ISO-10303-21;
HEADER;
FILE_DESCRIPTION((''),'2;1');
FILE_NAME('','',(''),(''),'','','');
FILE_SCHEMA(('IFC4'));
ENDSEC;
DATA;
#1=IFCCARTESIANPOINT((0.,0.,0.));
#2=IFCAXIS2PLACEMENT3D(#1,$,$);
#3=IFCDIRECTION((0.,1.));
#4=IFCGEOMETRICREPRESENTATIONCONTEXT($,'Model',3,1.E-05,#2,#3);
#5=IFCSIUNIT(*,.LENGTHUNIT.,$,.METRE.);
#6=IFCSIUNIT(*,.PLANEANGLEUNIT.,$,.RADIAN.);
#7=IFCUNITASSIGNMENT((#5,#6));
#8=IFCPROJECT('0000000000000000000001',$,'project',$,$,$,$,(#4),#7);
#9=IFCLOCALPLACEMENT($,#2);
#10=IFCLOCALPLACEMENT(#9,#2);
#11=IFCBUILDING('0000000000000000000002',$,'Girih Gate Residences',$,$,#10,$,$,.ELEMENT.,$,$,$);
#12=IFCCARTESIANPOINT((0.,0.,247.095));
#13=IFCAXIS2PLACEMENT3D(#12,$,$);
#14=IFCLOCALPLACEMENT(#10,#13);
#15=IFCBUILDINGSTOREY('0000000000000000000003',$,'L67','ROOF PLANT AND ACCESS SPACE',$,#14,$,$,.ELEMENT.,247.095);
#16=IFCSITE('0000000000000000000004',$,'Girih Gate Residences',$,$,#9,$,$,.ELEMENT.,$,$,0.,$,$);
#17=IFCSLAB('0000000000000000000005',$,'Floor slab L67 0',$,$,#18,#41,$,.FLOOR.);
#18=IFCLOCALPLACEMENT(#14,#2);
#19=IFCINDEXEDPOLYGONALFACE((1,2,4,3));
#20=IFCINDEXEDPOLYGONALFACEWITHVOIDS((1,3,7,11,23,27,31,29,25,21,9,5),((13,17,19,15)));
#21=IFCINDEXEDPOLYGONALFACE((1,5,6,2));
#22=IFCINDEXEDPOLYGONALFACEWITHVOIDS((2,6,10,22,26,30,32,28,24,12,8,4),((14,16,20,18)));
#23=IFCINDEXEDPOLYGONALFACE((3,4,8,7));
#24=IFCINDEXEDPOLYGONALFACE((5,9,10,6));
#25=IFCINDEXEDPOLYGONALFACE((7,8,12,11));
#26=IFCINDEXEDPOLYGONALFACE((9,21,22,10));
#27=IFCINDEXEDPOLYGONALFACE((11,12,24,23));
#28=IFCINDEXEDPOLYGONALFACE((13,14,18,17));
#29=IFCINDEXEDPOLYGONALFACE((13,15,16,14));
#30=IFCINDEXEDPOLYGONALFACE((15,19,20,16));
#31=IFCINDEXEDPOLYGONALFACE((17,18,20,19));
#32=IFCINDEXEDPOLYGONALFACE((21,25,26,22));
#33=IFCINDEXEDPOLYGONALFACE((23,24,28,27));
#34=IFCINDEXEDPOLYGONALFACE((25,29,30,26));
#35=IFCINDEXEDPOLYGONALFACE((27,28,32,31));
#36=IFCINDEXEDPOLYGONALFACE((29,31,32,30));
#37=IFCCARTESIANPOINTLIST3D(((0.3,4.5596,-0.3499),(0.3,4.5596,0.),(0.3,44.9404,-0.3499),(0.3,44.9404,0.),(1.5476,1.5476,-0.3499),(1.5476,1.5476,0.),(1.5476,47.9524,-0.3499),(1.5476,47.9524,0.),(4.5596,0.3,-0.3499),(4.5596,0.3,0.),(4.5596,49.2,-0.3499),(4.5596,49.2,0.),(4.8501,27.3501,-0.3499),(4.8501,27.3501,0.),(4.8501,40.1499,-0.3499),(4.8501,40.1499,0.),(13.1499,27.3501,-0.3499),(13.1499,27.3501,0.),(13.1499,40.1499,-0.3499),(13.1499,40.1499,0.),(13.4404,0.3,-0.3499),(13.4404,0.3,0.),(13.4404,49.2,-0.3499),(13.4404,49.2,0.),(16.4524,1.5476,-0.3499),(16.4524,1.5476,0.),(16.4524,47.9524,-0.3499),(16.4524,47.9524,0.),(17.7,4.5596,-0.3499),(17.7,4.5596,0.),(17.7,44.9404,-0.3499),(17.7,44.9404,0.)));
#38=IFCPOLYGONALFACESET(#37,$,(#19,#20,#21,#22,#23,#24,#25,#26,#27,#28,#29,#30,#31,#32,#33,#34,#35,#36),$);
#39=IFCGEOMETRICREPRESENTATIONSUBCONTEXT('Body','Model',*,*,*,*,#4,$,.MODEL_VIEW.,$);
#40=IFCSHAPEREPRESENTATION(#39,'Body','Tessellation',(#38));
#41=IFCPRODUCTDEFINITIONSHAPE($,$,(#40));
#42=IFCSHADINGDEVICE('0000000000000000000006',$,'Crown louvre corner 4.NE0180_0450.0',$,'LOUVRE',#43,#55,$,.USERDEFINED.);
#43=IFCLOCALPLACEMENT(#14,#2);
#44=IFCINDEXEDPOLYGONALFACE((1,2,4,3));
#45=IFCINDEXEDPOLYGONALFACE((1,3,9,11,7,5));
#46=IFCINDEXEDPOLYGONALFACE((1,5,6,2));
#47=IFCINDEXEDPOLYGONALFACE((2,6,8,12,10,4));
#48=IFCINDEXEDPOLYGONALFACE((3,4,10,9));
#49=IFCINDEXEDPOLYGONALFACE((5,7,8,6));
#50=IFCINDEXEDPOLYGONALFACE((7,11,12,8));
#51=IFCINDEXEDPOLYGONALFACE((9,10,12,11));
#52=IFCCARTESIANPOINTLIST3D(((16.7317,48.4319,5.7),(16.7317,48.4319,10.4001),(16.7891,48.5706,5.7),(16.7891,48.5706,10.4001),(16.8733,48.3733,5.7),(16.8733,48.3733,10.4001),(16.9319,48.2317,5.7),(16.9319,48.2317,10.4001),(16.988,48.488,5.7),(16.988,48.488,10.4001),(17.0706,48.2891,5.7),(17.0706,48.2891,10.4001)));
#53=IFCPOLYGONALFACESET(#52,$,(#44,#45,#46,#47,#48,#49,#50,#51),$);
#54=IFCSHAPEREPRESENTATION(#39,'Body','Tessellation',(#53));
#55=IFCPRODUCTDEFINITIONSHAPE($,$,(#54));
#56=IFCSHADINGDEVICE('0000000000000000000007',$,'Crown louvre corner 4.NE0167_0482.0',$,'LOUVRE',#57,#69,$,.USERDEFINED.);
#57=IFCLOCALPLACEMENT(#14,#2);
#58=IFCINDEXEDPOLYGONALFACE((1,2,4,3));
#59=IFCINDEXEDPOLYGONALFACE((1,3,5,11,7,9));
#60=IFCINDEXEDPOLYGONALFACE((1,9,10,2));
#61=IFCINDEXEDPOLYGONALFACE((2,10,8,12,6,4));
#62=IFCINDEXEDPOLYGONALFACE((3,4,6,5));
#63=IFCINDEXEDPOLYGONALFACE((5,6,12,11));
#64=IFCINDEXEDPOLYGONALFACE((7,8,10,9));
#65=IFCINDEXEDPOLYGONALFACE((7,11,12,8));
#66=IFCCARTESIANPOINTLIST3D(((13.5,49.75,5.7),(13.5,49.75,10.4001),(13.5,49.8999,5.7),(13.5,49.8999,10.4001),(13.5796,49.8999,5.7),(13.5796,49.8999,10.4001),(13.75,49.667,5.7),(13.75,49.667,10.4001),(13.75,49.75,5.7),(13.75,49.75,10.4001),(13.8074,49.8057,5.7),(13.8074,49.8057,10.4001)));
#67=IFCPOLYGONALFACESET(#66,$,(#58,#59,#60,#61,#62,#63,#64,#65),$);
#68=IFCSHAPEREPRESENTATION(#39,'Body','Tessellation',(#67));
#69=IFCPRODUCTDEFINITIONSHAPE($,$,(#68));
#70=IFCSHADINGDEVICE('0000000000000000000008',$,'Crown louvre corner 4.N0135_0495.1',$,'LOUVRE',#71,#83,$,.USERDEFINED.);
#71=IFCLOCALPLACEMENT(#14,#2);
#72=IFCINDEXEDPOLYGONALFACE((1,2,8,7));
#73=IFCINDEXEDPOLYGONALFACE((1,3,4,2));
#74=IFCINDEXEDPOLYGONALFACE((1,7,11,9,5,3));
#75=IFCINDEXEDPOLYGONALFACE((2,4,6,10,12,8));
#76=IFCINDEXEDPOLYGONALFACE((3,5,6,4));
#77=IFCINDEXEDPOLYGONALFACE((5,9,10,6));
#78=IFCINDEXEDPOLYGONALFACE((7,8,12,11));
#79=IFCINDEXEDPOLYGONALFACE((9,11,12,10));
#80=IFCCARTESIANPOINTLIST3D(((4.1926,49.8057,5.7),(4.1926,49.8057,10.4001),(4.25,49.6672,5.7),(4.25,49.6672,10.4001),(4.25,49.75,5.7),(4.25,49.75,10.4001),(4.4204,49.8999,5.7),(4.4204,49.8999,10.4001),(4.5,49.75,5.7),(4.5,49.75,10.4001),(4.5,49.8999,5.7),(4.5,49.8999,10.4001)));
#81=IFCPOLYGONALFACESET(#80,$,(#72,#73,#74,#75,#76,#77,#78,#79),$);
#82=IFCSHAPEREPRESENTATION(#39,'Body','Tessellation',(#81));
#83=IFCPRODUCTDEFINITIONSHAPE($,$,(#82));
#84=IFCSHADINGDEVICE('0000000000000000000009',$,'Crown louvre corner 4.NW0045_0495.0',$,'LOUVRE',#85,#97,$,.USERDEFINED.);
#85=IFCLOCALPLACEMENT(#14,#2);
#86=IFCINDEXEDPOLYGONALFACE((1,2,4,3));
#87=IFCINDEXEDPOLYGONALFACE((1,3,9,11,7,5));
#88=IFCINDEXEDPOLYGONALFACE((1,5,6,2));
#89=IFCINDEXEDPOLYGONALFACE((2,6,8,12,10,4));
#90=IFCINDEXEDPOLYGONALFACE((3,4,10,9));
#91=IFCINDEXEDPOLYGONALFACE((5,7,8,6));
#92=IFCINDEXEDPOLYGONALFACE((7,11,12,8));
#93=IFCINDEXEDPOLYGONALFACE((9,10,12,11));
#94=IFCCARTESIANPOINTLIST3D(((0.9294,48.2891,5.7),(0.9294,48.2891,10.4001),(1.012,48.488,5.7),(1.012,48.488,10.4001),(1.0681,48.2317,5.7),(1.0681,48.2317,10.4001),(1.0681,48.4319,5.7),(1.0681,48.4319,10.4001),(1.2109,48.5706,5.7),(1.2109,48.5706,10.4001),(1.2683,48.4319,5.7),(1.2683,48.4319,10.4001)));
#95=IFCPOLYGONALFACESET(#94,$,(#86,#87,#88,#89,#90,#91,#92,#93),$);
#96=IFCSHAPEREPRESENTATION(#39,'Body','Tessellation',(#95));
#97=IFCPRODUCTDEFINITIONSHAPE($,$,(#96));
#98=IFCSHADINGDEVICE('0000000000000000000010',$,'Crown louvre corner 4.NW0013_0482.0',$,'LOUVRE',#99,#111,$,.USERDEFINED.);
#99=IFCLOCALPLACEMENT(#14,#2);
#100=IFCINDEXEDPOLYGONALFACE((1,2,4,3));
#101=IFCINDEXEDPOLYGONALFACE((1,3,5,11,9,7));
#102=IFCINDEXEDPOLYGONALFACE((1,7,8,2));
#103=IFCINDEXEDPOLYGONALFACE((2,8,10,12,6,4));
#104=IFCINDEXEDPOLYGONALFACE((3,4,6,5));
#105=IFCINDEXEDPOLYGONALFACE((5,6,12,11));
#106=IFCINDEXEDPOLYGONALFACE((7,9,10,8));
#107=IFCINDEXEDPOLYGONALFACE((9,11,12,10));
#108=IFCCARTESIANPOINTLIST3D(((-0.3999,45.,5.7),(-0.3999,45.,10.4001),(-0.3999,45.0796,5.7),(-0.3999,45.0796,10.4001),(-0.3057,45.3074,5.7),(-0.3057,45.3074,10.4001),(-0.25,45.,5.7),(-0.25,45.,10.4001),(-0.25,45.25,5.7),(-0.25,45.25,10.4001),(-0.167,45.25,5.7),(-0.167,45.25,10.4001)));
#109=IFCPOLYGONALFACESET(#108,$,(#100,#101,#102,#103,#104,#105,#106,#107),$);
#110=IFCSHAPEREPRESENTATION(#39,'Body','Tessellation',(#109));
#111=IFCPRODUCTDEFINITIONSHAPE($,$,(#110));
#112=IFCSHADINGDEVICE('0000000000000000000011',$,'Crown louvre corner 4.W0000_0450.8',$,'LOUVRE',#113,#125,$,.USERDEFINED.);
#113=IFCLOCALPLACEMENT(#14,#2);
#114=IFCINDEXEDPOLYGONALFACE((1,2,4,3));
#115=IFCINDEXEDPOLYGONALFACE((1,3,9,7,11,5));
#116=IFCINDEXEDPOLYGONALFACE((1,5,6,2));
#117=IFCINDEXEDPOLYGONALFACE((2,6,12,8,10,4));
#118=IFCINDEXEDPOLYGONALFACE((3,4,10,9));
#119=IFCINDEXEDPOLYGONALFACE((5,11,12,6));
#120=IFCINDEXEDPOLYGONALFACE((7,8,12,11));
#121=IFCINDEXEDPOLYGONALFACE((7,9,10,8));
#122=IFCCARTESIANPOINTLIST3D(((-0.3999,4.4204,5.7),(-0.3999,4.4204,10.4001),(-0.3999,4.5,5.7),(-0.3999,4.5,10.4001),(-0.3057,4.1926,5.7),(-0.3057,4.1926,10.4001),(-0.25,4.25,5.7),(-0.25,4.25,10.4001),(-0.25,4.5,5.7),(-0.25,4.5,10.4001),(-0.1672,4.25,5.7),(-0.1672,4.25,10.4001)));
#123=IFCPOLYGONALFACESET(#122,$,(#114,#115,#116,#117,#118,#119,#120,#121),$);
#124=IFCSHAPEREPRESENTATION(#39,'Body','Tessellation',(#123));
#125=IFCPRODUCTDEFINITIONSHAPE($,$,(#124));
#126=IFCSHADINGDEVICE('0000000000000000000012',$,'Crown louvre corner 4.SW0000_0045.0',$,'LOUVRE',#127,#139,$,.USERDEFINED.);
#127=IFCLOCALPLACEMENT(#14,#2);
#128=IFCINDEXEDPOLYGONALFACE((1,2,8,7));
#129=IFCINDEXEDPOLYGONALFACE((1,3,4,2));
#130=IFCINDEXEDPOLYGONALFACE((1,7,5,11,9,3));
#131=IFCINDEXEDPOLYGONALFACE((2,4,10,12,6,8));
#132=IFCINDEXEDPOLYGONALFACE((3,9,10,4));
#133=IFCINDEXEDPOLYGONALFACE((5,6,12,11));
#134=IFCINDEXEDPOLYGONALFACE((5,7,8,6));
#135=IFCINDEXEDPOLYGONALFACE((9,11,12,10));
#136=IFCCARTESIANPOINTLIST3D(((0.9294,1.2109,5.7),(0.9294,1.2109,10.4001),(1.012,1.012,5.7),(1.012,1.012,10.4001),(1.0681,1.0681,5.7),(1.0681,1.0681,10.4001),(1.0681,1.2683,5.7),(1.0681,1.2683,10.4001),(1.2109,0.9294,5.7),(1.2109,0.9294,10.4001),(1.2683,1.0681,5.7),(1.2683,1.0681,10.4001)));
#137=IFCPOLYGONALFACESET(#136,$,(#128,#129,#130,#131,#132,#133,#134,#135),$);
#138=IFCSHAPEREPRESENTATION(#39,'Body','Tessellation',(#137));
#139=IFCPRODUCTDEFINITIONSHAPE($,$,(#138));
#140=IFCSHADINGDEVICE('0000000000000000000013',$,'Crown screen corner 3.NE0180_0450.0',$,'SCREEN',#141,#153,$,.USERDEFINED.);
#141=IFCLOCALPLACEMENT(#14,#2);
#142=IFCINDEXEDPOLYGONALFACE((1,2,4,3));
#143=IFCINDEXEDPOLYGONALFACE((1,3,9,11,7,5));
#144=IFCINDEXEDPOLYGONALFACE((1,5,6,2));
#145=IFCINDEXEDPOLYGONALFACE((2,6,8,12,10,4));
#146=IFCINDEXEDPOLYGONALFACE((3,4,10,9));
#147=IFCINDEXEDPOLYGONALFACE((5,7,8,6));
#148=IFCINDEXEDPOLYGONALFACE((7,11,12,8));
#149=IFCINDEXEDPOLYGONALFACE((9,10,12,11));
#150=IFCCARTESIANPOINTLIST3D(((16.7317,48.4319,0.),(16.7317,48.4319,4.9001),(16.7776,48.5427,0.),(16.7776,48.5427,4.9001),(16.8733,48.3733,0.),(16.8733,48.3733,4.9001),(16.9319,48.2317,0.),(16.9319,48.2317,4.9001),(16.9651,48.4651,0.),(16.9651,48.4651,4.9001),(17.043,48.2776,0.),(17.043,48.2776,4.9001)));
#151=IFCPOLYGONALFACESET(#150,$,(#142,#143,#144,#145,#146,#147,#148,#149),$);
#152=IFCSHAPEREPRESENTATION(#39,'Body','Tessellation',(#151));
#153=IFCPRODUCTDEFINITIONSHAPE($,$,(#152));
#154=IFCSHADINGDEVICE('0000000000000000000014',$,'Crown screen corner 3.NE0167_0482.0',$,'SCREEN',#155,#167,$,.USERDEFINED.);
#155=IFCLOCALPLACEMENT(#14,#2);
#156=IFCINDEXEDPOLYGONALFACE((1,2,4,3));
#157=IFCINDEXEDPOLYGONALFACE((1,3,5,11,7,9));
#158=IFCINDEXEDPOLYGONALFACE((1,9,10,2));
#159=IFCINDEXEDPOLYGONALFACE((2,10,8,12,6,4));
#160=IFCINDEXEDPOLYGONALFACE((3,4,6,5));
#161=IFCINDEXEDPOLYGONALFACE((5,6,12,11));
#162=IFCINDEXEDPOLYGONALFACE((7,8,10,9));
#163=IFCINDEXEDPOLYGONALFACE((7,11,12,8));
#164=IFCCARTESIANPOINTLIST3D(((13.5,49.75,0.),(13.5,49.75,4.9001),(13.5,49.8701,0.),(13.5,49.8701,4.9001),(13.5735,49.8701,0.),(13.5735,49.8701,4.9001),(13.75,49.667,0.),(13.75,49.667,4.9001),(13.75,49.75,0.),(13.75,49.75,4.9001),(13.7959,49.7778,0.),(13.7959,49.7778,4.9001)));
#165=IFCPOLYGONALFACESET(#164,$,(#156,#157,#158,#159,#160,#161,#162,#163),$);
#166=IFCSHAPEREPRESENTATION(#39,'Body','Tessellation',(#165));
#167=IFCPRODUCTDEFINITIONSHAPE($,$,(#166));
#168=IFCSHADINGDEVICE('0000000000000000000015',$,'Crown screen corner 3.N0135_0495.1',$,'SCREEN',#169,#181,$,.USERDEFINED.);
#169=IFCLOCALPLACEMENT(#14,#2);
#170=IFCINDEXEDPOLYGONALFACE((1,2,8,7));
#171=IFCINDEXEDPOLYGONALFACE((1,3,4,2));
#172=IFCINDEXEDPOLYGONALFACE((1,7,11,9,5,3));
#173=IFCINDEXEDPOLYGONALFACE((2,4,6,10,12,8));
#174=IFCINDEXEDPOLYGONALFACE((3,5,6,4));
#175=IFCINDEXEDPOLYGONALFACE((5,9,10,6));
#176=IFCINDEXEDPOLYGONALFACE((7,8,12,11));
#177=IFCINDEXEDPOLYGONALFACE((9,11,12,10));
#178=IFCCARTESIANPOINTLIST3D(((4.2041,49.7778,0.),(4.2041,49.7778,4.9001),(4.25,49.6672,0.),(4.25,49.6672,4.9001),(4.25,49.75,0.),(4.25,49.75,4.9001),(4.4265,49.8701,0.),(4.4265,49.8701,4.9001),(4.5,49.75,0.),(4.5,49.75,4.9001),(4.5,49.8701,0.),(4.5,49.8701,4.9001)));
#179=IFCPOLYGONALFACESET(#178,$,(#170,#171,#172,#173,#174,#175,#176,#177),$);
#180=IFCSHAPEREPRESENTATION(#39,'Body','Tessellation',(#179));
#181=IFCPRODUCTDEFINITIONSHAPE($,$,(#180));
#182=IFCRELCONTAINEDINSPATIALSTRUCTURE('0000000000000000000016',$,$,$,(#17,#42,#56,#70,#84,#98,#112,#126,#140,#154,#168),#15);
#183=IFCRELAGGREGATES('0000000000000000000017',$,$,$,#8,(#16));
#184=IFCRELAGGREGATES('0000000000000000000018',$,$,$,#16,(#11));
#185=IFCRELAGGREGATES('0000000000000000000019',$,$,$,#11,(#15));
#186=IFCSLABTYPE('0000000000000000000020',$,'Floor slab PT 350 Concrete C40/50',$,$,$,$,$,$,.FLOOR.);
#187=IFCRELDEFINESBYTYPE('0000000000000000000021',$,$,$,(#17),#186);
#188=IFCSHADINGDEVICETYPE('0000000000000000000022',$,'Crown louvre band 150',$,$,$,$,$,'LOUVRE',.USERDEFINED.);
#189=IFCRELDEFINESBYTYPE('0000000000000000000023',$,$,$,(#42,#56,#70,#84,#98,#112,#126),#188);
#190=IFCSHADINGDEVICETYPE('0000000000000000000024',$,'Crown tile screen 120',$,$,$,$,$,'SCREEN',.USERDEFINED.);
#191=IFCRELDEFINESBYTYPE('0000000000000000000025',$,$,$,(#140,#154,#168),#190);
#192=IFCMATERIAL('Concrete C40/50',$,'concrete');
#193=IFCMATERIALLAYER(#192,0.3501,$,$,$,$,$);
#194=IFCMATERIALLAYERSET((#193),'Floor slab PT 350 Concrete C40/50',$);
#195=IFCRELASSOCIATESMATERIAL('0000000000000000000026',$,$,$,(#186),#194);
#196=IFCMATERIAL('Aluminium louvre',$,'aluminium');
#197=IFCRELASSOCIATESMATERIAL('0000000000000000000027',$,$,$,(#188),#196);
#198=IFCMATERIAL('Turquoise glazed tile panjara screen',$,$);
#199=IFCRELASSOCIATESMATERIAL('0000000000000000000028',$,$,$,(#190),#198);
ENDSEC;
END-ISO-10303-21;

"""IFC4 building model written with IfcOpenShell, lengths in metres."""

from ifc_helpers import new_model, si_unit, direction, frame, origin, place, context, subcontext, project, spatial, polyline, outline, extrude, material, layer, layer_set, type_object, element, save


model = new_model("IFC4")

# Units and contexts
model_context = context("Model", 3, precision=1e-05, world=origin(), true_north=direction((0.0, 1.0)))
body_context = subcontext(model_context, "Body", "Model", "MODEL_VIEW")
ifc_project = project(units=[si_unit("LENGTHUNIT", "METRE"), si_unit("PLANEANGLEUNIT", "RADIAN")], contexts=[model_context])

# Site, building, storey
site_placement = place(None, origin())
site = spatial("IfcSite", under=ifc_project, at=site_placement, Name="Girih Gate Residences", CompositionType="ELEMENT", RefElevation=0.0)
building_placement = place(site_placement, origin())
building = spatial("IfcBuilding", under=site, at=building_placement, Name="Girih Gate Residences", CompositionType="ELEMENT")
storey_placement = place(building_placement, frame((0.0, 0.0, 247.095)))
storey = spatial("IfcBuildingStorey", under=building, at=storey_placement, Name="L67", Description="ROOF PLANT AND ACCESS SPACE", CompositionType="ELEMENT", Elevation=247.095)

# Slab
ifc_material_1 = material(Name="Concrete C40/50", Category="concrete")
ifc_layer_1 = layer(ifc_material_1, 0.3501)
ifc_layer_set_1 = layer_set([ifc_layer_1], Name="Floor slab PT 350 Concrete C40/50")
slab_type = type_object("IfcSlabType", Name="Floor slab PT 350 Concrete C40/50", PredefinedType="FLOOR", material=ifc_layer_set_1)
slab_placement = place(storey_placement, frame((0.0, 0.0, -0.3499)))
element("IfcSlab", 1, at=slab_placement, inside=storey, type_object=slab_type, Name="Floor slab L67 0", PredefinedType="FLOOR", context=body_context, shape_type="SweptSolid", body=[
    extrude(outline(polyline([(17.7, 44.9404), (16.4524, 47.9524), (13.4404, 49.2), (4.5596, 49.2), (1.5476, 47.9524), (0.3, 44.9404), (0.3, 4.5596), (1.5476, 1.5476), (4.5596, 0.3), (13.4404, 0.3), (16.4524, 1.5476), (17.7, 4.5596), (17.7, 44.9404)]), holes=[polyline([(4.8501, 40.1499), (13.1499, 40.1499), (13.1499, 27.3501), (4.8501, 27.3501), (4.8501, 40.1499)])]), origin(), (0.0, 0.0, 1.0), 0.3499),
])

# Shading devices
ifc_material_2 = material(Name="Aluminium louvre", Category="aluminium")
shading_device_type_1 = type_object("IfcShadingDeviceType", Name="Crown louvre band 150", ElementType="LOUVRE", PredefinedType="USERDEFINED", material=ifc_material_2)
shading_device_1_placement = place(storey_placement, frame((0.0, 0.0, 5.7)))
element("IfcShadingDevice", 2, at=shading_device_1_placement, inside=storey, type_object=shading_device_type_1, Name="Crown louvre corner 4.NE0180_0450.0", ObjectType="LOUVRE", PredefinedType="USERDEFINED", context=body_context, shape_type="SweptSolid", body=[
    extrude(outline(polyline([(16.988, 48.488), (17.0706, 48.2891), (16.9319, 48.2317), (16.8733, 48.3733), (16.7317, 48.4319), (16.7891, 48.5706), (16.988, 48.488)])), origin(), (0.0, 0.0, 1.0), 4.7002),
])
shading_device_2_placement = place(storey_placement, frame((0.0, 0.0, 5.7)))
element("IfcShadingDevice", 3, at=shading_device_2_placement, inside=storey, type_object=shading_device_type_1, Name="Crown louvre corner 4.NE0167_0482.0", ObjectType="LOUVRE", PredefinedType="USERDEFINED", context=body_context, shape_type="SweptSolid", body=[
    extrude(outline(polyline([(13.5796, 49.8999), (13.8074, 49.8057), (13.75, 49.667), (13.75, 49.75), (13.5, 49.75), (13.5, 49.8999), (13.5796, 49.8999)])), origin(), (0.0, 0.0, 1.0), 4.7002),
])
shading_device_3_placement = place(storey_placement, frame((0.0, 0.0, 5.7)))
element("IfcShadingDevice", 4, at=shading_device_3_placement, inside=storey, type_object=shading_device_type_1, Name="Crown louvre corner 4.N0135_0495.1", ObjectType="LOUVRE", PredefinedType="USERDEFINED", context=body_context, shape_type="SweptSolid", body=[
    extrude(outline(polyline([(4.4204, 49.8999), (4.5, 49.8999), (4.5, 49.75), (4.25, 49.75), (4.25, 49.6672), (4.1926, 49.8057), (4.4204, 49.8999)])), origin(), (0.0, 0.0, 1.0), 4.7002),
])
shading_device_4_placement = place(storey_placement, frame((0.0, 0.0, 5.7)))
element("IfcShadingDevice", 5, at=shading_device_4_placement, inside=storey, type_object=shading_device_type_1, Name="Crown louvre corner 4.NW0045_0495.0", ObjectType="LOUVRE", PredefinedType="USERDEFINED", context=body_context, shape_type="SweptSolid", body=[
    extrude(outline(polyline([(1.012, 48.488), (1.2109, 48.5706), (1.2683, 48.4319), (1.0681, 48.4319), (1.0681, 48.2317), (0.9294, 48.2891), (1.012, 48.488)])), origin(), (0.0, 0.0, 1.0), 4.7002),
])
shading_device_5_placement = place(storey_placement, frame((0.0, 0.0, 5.7)))
element("IfcShadingDevice", 6, at=shading_device_5_placement, inside=storey, type_object=shading_device_type_1, Name="Crown louvre corner 4.NW0013_0482.0", ObjectType="LOUVRE", PredefinedType="USERDEFINED", context=body_context, shape_type="SweptSolid", body=[
    extrude(outline(polyline([(-0.3999, 45.0796), (-0.3057, 45.3074), (-0.167, 45.25), (-0.25, 45.25), (-0.25, 45.0), (-0.3999, 45.0), (-0.3999, 45.0796)])), origin(), (0.0, 0.0, 1.0), 4.7002),
])
shading_device_6_placement = place(storey_placement, frame((0.0, 0.0, 5.7)))
element("IfcShadingDevice", 7, at=shading_device_6_placement, inside=storey, type_object=shading_device_type_1, Name="Crown louvre corner 4.W0000_0450.8", ObjectType="LOUVRE", PredefinedType="USERDEFINED", context=body_context, shape_type="SweptSolid", body=[
    extrude(outline(polyline([(-0.3999, 4.4204), (-0.3999, 4.5), (-0.25, 4.5), (-0.25, 4.25), (-0.1672, 4.25), (-0.3057, 4.1926), (-0.3999, 4.4204)])), origin(), (0.0, 0.0, 1.0), 4.7002),
])
shading_device_7_placement = place(storey_placement, frame((0.0, 0.0, 5.7)))
element("IfcShadingDevice", 8, at=shading_device_7_placement, inside=storey, type_object=shading_device_type_1, Name="Crown louvre corner 4.SW0000_0045.0", ObjectType="LOUVRE", PredefinedType="USERDEFINED", context=body_context, shape_type="SweptSolid", body=[
    extrude(outline(polyline([(1.012, 1.012), (0.9294, 1.2109), (1.0681, 1.2683), (1.0681, 1.0681), (1.2683, 1.0681), (1.2109, 0.9294), (1.012, 1.012)])), origin(), (0.0, 0.0, 1.0), 4.7002),
])
ifc_material_3 = material(Name="Turquoise glazed tile panjara screen")
shading_device_type_2 = type_object("IfcShadingDeviceType", Name="Crown tile screen 120", ElementType="SCREEN", PredefinedType="USERDEFINED", material=ifc_material_3)
shading_device_8_placement = place(storey_placement, origin())
element("IfcShadingDevice", 9, at=shading_device_8_placement, inside=storey, type_object=shading_device_type_2, Name="Crown screen corner 3.NE0180_0450.0", ObjectType="SCREEN", PredefinedType="USERDEFINED", context=body_context, shape_type="SweptSolid", body=[
    extrude(outline(polyline([(16.9651, 48.4651), (17.043, 48.2776), (16.9319, 48.2317), (16.8733, 48.3733), (16.7317, 48.4319), (16.7776, 48.5427), (16.9651, 48.4651)])), origin(), (0.0, 0.0, 1.0), 4.9001),
])
shading_device_9_placement = place(storey_placement, origin())
element("IfcShadingDevice", 10, at=shading_device_9_placement, inside=storey, type_object=shading_device_type_2, Name="Crown screen corner 3.NE0167_0482.0", ObjectType="SCREEN", PredefinedType="USERDEFINED", context=body_context, shape_type="SweptSolid", body=[
    extrude(outline(polyline([(13.5735, 49.8701), (13.7959, 49.7778), (13.75, 49.667), (13.75, 49.75), (13.5, 49.75), (13.5, 49.8701), (13.5735, 49.8701)])), origin(), (0.0, 0.0, 1.0), 4.9001),
])
shading_device_10_placement = place(storey_placement, origin())
element("IfcShadingDevice", 11, at=shading_device_10_placement, inside=storey, type_object=shading_device_type_2, Name="Crown screen corner 3.N0135_0495.1", ObjectType="SCREEN", PredefinedType="USERDEFINED", context=body_context, shape_type="SweptSolid", body=[
    extrude(outline(polyline([(4.4265, 49.8701), (4.5, 49.8701), (4.5, 49.75), (4.25, 49.75), (4.25, 49.6672), (4.2041, 49.7778), (4.4265, 49.8701)])), origin(), (0.0, 0.0, 1.0), 4.9001),
])

save(model, "model.ifc")
